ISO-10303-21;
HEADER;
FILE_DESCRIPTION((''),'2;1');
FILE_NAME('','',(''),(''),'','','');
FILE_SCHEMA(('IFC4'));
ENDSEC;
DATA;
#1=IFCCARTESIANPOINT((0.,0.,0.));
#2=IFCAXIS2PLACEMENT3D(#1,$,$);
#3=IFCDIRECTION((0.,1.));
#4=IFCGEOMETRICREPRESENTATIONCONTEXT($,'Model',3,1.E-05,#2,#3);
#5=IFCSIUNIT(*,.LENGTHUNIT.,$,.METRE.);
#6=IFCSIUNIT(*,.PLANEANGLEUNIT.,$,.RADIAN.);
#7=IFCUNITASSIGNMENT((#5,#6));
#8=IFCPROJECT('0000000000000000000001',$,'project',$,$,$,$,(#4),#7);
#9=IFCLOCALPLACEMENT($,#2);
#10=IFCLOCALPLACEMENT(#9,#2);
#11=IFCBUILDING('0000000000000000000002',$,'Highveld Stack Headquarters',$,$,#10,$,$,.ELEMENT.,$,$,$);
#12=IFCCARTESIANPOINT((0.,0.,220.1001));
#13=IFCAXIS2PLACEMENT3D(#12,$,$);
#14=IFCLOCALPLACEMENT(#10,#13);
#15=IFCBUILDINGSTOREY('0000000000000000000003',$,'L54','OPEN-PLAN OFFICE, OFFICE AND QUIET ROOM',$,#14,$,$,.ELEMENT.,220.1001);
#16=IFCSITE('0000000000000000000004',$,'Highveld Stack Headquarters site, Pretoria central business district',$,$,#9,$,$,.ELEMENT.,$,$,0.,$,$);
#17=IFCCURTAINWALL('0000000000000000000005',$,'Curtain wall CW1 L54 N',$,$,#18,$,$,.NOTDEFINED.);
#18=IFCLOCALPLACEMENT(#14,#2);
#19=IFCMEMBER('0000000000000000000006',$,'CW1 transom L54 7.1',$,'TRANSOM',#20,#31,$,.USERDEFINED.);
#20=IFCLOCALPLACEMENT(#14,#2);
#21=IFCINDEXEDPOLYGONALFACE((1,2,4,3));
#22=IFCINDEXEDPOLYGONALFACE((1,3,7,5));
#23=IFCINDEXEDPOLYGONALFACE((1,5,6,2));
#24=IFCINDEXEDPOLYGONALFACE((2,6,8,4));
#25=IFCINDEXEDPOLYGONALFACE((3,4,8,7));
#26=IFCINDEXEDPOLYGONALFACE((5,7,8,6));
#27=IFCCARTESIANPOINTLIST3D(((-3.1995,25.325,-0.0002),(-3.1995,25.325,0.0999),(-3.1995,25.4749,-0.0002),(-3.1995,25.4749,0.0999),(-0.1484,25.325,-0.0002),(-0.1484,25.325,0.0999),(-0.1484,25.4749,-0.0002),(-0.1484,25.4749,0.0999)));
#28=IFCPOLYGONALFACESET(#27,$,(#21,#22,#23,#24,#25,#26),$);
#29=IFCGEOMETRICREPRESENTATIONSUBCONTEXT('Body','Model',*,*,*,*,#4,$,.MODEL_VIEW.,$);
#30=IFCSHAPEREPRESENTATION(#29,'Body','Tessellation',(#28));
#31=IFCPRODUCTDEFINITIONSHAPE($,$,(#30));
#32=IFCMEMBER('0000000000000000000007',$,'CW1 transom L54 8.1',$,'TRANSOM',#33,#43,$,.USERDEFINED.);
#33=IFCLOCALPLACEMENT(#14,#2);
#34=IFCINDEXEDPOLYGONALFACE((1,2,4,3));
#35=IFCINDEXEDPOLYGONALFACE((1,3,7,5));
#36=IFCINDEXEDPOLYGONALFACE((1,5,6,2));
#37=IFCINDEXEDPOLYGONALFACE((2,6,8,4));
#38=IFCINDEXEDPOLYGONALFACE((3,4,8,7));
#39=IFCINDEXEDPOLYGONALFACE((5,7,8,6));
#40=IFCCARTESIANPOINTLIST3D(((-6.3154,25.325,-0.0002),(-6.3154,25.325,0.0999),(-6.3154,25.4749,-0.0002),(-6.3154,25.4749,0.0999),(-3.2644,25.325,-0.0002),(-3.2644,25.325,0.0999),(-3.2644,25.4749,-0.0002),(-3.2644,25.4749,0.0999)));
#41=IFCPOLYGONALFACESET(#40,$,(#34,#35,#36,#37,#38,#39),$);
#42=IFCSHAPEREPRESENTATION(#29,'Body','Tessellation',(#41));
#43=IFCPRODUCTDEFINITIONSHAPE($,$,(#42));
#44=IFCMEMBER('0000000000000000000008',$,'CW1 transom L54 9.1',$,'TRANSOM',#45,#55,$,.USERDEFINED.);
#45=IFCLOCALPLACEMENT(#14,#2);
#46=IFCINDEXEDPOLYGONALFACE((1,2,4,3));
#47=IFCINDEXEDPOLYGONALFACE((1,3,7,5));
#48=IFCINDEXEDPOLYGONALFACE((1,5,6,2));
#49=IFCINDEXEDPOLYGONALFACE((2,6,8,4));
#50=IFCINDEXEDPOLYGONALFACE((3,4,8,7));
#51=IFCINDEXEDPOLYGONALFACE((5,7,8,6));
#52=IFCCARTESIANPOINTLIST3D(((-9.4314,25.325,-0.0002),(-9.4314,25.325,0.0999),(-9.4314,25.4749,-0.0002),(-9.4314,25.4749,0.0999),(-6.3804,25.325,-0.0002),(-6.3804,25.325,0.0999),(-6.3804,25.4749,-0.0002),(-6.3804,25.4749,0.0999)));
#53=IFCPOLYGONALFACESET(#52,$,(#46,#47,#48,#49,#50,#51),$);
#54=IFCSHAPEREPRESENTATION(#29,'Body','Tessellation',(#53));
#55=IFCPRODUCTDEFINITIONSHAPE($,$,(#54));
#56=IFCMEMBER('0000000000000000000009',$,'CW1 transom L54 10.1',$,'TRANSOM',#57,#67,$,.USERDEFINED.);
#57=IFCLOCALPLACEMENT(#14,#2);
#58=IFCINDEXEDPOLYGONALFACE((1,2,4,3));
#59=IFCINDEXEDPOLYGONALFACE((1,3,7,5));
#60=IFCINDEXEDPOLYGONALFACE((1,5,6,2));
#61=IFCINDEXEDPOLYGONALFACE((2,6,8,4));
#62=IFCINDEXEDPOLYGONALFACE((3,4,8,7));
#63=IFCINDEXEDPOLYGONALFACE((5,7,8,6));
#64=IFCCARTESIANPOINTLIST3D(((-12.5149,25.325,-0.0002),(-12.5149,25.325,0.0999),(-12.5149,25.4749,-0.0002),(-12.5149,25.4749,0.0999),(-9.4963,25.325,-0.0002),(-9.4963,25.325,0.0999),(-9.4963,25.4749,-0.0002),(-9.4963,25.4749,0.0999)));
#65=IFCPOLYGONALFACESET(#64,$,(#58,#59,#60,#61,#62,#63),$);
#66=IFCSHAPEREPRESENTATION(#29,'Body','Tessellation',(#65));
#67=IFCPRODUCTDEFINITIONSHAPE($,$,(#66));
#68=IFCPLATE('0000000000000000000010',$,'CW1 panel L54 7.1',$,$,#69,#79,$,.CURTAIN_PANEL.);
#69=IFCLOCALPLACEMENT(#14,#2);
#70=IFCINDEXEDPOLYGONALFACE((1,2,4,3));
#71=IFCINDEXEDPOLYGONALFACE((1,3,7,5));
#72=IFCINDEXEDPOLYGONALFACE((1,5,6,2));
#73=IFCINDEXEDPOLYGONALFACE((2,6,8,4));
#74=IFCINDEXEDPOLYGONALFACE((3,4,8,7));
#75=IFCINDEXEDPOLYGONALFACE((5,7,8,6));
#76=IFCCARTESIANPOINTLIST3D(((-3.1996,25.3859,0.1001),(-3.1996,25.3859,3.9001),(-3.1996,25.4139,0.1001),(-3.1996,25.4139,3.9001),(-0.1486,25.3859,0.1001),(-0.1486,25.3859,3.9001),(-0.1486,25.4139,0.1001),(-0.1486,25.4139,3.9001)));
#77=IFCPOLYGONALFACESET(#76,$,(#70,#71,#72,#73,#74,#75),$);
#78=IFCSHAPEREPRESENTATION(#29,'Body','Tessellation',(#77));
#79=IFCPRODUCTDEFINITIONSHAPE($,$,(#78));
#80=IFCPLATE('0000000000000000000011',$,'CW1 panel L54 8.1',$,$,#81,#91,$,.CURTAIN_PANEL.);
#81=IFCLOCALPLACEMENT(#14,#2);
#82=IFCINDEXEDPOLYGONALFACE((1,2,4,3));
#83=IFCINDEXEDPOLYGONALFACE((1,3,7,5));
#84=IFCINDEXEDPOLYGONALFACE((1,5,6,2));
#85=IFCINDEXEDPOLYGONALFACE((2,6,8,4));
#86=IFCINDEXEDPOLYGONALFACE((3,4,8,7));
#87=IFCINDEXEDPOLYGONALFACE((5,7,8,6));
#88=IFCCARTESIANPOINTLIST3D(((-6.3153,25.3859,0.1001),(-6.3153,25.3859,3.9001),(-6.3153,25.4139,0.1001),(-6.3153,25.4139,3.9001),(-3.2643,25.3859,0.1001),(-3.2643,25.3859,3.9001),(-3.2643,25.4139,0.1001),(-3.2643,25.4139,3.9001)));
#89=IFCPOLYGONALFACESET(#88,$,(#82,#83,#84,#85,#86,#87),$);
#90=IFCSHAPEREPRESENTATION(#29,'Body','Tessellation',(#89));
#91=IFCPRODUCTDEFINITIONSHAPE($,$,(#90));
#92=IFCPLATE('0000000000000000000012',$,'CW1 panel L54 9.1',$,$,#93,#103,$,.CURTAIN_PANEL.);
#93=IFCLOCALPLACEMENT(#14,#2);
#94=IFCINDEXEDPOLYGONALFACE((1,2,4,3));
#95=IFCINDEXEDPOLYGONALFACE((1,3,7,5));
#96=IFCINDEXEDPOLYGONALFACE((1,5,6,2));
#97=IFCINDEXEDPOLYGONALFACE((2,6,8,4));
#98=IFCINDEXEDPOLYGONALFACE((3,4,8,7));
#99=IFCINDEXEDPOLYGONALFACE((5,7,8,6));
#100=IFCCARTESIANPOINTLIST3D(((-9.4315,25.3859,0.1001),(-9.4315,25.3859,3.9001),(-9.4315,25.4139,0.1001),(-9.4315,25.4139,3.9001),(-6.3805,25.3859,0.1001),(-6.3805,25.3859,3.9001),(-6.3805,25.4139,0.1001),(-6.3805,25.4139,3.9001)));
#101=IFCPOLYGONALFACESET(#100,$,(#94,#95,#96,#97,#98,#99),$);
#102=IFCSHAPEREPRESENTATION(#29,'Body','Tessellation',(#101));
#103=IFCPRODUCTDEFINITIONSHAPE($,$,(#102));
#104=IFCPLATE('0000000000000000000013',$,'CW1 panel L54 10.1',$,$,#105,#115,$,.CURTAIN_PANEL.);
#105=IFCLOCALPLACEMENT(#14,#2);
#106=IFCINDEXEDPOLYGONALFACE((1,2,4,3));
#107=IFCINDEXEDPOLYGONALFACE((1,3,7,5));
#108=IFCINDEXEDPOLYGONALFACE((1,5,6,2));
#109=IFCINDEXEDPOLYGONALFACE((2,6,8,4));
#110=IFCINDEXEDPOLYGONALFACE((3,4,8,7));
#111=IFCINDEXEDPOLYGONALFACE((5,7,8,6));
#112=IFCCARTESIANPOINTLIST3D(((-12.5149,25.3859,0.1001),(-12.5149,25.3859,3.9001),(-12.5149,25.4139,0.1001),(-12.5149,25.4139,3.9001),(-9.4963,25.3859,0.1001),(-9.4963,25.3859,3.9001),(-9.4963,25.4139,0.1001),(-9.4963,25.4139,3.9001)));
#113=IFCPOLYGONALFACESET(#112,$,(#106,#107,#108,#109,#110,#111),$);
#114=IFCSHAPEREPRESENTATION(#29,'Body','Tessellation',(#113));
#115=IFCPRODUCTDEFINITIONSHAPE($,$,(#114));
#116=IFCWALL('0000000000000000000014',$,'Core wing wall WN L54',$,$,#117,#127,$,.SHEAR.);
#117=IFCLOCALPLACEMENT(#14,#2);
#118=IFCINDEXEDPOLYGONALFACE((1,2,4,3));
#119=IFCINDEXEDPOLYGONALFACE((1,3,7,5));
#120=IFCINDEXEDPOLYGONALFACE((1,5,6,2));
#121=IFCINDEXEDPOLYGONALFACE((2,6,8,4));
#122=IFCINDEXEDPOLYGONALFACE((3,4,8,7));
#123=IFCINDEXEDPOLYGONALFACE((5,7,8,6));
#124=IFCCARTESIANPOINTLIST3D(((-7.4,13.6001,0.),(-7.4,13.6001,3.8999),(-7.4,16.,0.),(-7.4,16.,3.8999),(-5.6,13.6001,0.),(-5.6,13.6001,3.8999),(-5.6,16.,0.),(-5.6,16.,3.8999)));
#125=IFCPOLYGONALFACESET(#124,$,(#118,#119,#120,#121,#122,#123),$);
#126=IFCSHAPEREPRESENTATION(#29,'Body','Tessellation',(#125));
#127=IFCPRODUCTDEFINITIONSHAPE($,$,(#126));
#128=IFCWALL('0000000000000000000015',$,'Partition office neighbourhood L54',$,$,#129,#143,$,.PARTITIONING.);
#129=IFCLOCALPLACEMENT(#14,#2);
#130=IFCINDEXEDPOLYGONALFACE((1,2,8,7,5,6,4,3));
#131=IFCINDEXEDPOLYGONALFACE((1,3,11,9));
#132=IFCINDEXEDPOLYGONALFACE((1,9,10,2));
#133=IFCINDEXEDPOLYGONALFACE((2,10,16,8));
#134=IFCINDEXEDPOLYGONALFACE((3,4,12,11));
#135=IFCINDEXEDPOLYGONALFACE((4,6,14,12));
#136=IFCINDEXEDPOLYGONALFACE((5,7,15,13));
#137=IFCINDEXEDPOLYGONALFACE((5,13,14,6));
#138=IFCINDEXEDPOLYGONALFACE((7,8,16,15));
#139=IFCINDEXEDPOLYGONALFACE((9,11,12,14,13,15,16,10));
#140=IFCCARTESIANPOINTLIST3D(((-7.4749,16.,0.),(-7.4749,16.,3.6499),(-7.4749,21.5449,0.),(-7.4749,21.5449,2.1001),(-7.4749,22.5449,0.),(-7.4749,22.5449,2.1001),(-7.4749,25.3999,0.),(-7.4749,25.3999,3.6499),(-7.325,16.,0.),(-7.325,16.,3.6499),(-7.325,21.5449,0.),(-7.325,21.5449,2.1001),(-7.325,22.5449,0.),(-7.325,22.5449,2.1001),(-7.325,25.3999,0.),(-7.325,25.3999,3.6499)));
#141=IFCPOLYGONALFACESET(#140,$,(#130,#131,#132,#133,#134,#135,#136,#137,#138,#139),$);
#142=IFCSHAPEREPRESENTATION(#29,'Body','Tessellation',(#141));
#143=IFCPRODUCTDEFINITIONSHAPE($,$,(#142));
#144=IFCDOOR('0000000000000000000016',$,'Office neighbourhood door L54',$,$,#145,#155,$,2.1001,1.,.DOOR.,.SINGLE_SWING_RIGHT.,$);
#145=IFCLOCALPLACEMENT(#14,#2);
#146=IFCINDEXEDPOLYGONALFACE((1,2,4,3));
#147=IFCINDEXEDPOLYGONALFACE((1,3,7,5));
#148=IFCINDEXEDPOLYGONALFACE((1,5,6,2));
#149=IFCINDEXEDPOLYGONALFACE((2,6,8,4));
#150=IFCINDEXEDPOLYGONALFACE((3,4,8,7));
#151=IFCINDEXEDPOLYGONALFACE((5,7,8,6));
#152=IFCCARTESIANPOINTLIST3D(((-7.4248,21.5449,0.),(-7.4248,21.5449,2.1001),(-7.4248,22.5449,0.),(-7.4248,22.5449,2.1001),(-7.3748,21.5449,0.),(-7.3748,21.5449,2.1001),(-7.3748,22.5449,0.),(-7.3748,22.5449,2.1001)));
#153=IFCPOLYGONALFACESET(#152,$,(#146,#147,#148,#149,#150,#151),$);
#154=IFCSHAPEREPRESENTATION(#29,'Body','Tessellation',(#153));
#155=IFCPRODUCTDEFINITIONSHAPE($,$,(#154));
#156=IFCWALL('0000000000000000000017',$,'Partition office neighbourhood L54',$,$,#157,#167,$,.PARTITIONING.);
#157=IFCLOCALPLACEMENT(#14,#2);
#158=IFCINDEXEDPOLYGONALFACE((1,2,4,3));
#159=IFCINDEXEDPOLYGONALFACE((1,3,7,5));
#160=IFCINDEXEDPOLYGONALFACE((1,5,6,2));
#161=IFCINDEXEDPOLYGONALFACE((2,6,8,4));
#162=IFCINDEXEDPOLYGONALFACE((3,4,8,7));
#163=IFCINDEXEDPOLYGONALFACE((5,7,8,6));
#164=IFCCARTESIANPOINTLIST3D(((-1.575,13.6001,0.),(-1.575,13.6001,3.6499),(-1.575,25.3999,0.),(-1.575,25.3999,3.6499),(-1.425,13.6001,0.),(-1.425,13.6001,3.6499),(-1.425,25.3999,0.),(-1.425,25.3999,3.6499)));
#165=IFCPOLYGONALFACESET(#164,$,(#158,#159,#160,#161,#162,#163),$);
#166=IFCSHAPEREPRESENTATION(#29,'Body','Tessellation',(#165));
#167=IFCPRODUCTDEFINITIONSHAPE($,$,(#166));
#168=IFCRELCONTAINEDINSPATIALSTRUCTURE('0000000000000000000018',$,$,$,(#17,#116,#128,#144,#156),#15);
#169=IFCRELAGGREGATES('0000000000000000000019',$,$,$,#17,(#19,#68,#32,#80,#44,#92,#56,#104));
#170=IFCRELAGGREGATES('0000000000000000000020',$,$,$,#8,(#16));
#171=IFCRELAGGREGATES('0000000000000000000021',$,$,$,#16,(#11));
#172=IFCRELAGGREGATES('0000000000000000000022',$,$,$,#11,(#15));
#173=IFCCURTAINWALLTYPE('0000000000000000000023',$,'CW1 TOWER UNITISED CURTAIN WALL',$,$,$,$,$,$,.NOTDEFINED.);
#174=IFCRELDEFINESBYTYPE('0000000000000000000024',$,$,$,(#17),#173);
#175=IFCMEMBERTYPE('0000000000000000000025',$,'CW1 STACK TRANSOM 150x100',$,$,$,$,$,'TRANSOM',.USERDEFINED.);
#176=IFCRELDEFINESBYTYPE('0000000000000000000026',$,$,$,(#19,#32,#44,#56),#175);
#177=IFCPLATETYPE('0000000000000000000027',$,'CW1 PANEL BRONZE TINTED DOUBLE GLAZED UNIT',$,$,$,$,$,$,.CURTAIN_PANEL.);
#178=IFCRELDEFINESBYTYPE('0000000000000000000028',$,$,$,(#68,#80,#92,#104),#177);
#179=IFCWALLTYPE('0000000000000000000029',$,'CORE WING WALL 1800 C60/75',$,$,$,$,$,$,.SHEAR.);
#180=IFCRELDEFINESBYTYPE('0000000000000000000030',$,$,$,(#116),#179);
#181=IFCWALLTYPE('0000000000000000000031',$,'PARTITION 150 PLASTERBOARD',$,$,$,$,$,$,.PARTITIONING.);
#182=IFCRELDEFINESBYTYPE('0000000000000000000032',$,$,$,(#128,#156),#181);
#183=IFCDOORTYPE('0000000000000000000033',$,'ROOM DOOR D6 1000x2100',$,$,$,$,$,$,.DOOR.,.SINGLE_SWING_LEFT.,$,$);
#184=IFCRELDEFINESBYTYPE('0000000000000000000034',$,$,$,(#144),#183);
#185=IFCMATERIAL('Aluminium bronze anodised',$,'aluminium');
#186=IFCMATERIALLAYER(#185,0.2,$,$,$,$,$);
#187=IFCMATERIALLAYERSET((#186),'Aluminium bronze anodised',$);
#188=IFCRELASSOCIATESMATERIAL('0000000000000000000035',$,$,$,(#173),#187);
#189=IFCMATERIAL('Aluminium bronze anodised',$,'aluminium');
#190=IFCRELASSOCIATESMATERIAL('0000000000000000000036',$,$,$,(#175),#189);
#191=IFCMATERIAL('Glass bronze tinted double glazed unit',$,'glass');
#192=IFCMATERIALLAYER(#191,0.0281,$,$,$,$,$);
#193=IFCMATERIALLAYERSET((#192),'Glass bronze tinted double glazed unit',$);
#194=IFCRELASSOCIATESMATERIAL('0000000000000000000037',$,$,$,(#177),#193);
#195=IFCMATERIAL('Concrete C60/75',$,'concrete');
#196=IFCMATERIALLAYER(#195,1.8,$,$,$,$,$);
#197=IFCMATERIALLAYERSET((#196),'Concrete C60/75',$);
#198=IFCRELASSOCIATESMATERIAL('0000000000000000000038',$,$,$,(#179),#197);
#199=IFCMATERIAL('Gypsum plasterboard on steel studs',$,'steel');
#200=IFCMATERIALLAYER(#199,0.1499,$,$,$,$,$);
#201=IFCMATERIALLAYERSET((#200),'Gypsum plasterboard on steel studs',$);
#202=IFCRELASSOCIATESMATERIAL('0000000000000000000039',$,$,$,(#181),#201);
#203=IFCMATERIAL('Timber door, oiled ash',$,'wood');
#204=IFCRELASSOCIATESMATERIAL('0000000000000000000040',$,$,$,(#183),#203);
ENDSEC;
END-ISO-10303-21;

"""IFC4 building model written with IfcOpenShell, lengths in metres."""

from ifc_helpers import new_model, si_unit, direction, frame, frame_2d, origin, origin_2d, place, context, subcontext, project, spatial, rectangle, extrude, material, layer, layer_set, material_profile, profile_set, type_object, element, fill, aggregate, save


model = new_model("IFC4")

# Units and contexts
model_context = context("Model", 3, precision=1e-05, world=origin(), true_north=direction((0.0, 1.0)))
body_context = subcontext(model_context, "Body", "Model", "MODEL_VIEW")
ifc_project = project(units=[si_unit("LENGTHUNIT", "METRE"), si_unit("PLANEANGLEUNIT", "RADIAN")], contexts=[model_context])

# Site, building, storey
site_placement = place(None, origin())
site = spatial("IfcSite", under=ifc_project, at=site_placement, Name="Highveld Stack Headquarters site, Pretoria central business district", CompositionType="ELEMENT", RefElevation=0.0)
building_placement = place(site_placement, origin())
building = spatial("IfcBuilding", under=site, at=building_placement, Name="Highveld Stack Headquarters", CompositionType="ELEMENT")
storey_placement = place(building_placement, frame((0.0, 0.0, 220.1001)))
storey = spatial("IfcBuildingStorey", under=building, at=storey_placement, Name="L54", Description="OPEN-PLAN OFFICE, OFFICE AND QUIET ROOM", CompositionType="ELEMENT", Elevation=220.1001)

# Curtain wall, members, plates
ifc_material_1 = material(Name="Aluminium bronze anodised", Category="aluminium")
ifc_layer_1 = layer(ifc_material_1, 0.2)
ifc_layer_set_1 = layer_set([ifc_layer_1], Name="Aluminium bronze anodised")
curtain_wall_type = type_object("IfcCurtainWallType", Name="CW1 TOWER UNITISED CURTAIN WALL", PredefinedType="NOTDEFINED", material=ifc_layer_set_1)
curtain_wall_placement = place(storey_placement, origin())
curtain_wall = element("IfcCurtainWall", 1, at=curtain_wall_placement, inside=storey, type_object=curtain_wall_type, Name="Curtain wall CW1 L54 N", PredefinedType="NOTDEFINED")
ifc_material_2 = material(Name="Aluminium bronze anodised", Category="aluminium")
ifc_material_profile_1 = material_profile(ifc_material_2, rectangle(XDim=0.1499, YDim=0.1001, at=origin_2d()), Name="CW1 TRANSOM 150x100")
ifc_profile_set_1 = profile_set([ifc_material_profile_1], Name="Aluminium bronze anodised")
member_type_1 = type_object("IfcMemberType", Name="CW1 STACK TRANSOM 150x100", ElementType="TRANSOM", PredefinedType="USERDEFINED", material=ifc_profile_set_1)
member_1_placement = place(storey_placement, frame((-0.1484, 25.3999, 0.0498), z_axis=(-1.0, 0.0, 0.0), x_axis=(0.0, -1.0, 0.0)))
member_1 = element("IfcMember", 2, at=member_1_placement, type_object=member_type_1, Name="CW1 transom L54 7.1", ObjectType="TRANSOM", PredefinedType="USERDEFINED", context=body_context, shape_type="SweptSolid", body=[
    extrude(rectangle(XDim=0.1499, YDim=0.1001, at=origin_2d()), origin(), (0.0, 0.0, 1.0), 3.051),
])
member_2_placement = place(storey_placement, frame((-3.2644, 25.3999, 0.0498), z_axis=(-1.0, 0.0, 0.0), x_axis=(0.0, -1.0, 0.0)))
member_2 = element("IfcMember", 3, at=member_2_placement, type_object=member_type_1, Name="CW1 transom L54 8.1", ObjectType="TRANSOM", PredefinedType="USERDEFINED", context=body_context, shape_type="SweptSolid", body=[
    extrude(rectangle(XDim=0.1499, YDim=0.1001, at=origin_2d()), origin(), (0.0, 0.0, 1.0), 3.051),
])
member_3_placement = place(storey_placement, frame((-6.3804, 25.3999, 0.0498), z_axis=(-1.0, 0.0, 0.0), x_axis=(0.0, -1.0, 0.0)))
member_3 = element("IfcMember", 4, at=member_3_placement, type_object=member_type_1, Name="CW1 transom L54 9.1", ObjectType="TRANSOM", PredefinedType="USERDEFINED", context=body_context, shape_type="SweptSolid", body=[
    extrude(rectangle(XDim=0.1499, YDim=0.1001, at=origin_2d()), origin(), (0.0, 0.0, 1.0), 3.051),
])
member_4_placement = place(storey_placement, frame((-9.4963, 25.3999, 0.0498), z_axis=(-1.0, 0.0, 0.0), x_axis=(0.0, -1.0, 0.0)))
member_4 = element("IfcMember", 5, at=member_4_placement, type_object=member_type_1, Name="CW1 transom L54 10.1", ObjectType="TRANSOM", PredefinedType="USERDEFINED", context=body_context, shape_type="SweptSolid", body=[
    extrude(rectangle(XDim=0.1499, YDim=0.1001, at=origin_2d()), origin(), (0.0, 0.0, 1.0), 3.0186),
])
ifc_material_3 = material(Name="Glass bronze tinted double glazed unit", Category="glass")
ifc_layer_2 = layer(ifc_material_3, 0.0281)
ifc_layer_set_2 = layer_set([ifc_layer_2], Name="Glass bronze tinted double glazed unit")
plate_type = type_object("IfcPlateType", Name="CW1 PANEL BRONZE TINTED DOUBLE GLAZED UNIT", PredefinedType="CURTAIN_PANEL", material=ifc_layer_set_2)
plate_1_placement = place(storey_placement, frame((-1.6741, 25.3999, 0.1001), z_axis=(0.0, 0.0, 1.0), x_axis=(-1.0, 0.0, 0.0)))
plate_1 = element("IfcPlate", 6, at=plate_1_placement, type_object=plate_type, Name="CW1 panel L54 7.1", PredefinedType="CURTAIN_PANEL", context=body_context, shape_type="SweptSolid", body=[
    extrude(rectangle(XDim=3.051, YDim=0.0281, at=origin_2d()), origin(), (0.0, 0.0, 1.0), 3.8),
])
plate_2_placement = place(storey_placement, frame((-4.7898, 25.3999, 0.1001), z_axis=(0.0, 0.0, 1.0), x_axis=(-1.0, 0.0, 0.0)))
plate_2 = element("IfcPlate", 7, at=plate_2_placement, type_object=plate_type, Name="CW1 panel L54 8.1", PredefinedType="CURTAIN_PANEL", context=body_context, shape_type="SweptSolid", body=[
    extrude(rectangle(XDim=3.051, YDim=0.0281, at=origin_2d()), origin(), (0.0, 0.0, 1.0), 3.8),
])
plate_3_placement = place(storey_placement, frame((-7.906, 25.3999, 0.1001), z_axis=(0.0, 0.0, 1.0), x_axis=(-1.0, 0.0, 0.0)))
plate_3 = element("IfcPlate", 8, at=plate_3_placement, type_object=plate_type, Name="CW1 panel L54 9.1", PredefinedType="CURTAIN_PANEL", context=body_context, shape_type="SweptSolid", body=[
    extrude(rectangle(XDim=3.051, YDim=0.0281, at=origin_2d()), origin(), (0.0, 0.0, 1.0), 3.8),
])
plate_4_placement = place(storey_placement, frame((-11.0056, 25.3999, 0.1001), z_axis=(0.0, 0.0, 1.0), x_axis=(-1.0, 0.0, 0.0)))
plate_4 = element("IfcPlate", 9, at=plate_4_placement, type_object=plate_type, Name="CW1 panel L54 10.1", PredefinedType="CURTAIN_PANEL", context=body_context, shape_type="SweptSolid", body=[
    extrude(rectangle(XDim=3.0186, YDim=0.0281, at=origin_2d()), origin(), (0.0, 0.0, 1.0), 3.8),
])
aggregate(curtain_wall, [member_1, plate_1, member_2, plate_2, member_3, plate_3, member_4, plate_4])

# Wall
ifc_material_4 = material(Name="Concrete C60/75", Category="concrete")
ifc_layer_3 = layer(ifc_material_4, 1.8)
ifc_layer_set_3 = layer_set([ifc_layer_3], Name="Concrete C60/75")
wall_type_1 = type_object("IfcWallType", Name="CORE WING WALL 1800 C60/75", PredefinedType="SHEAR", material=ifc_layer_set_3)
wall_1_placement = place(storey_placement, frame((-6.5, 13.6001, 0.0), z_axis=(0.0, 0.0, 1.0), x_axis=(0.0, 1.0, 0.0)))
element("IfcWall", 10, at=wall_1_placement, inside=storey, type_object=wall_type_1, Name="Core wing wall WN L54", PredefinedType="SHEAR", context=body_context, shape_type="SweptSolid", body=[
    extrude(rectangle(XDim=2.3999, YDim=1.8, at=frame_2d((1.2, 0.0))), origin(), (0.0, 0.0, 1.0), 3.8999),
])

# Wall, opening, door
ifc_material_5 = material(Name="Gypsum plasterboard on steel studs", Category="steel")
ifc_layer_4 = layer(ifc_material_5, 0.1499)
ifc_layer_set_4 = layer_set([ifc_layer_4], Name="Gypsum plasterboard on steel studs")
wall_type_2 = type_object("IfcWallType", Name="PARTITION 150 PLASTERBOARD", PredefinedType="PARTITIONING", material=ifc_layer_set_4)
wall_2_placement = place(storey_placement, frame((-7.3999, 16.0, 0.0), z_axis=(0.0, 0.0, 1.0), x_axis=(0.0, 1.0, 0.0)))
wall_2 = element("IfcWall", 11, at=wall_2_placement, inside=storey, type_object=wall_type_2, Name="Partition office neighbourhood L54", PredefinedType="PARTITIONING", context=body_context, shape_type="SweptSolid", body=[
    extrude(rectangle(XDim=9.3999, YDim=0.1499, at=frame_2d((4.7, 0.0))), origin(), (0.0, 0.0, 1.0), 3.6499),
])
opening_placement = place(wall_2_placement, frame((5.5449, 0.0, 0.0)))
opening = element("IfcOpeningElement", 12, at=opening_placement, cuts=wall_2, PredefinedType="OPENING", context=body_context, shape_type="SweptSolid", body=[
    extrude(rectangle(XDim=1.0, YDim=2.1001, at=frame_2d((0.5, 1.05))), frame((0.0, 0.085, 0.0), z_axis=(0.0, -1.0, 0.0), x_axis=(1.0, 0.0, 0.0)), (0.0, 0.0, 1.0), 0.1699),
])
ifc_material_6 = material(Name="Timber door, oiled ash", Category="wood")
door_type = type_object("IfcDoorType", Name="ROOM DOOR D6 1000x2100", OperationType="SINGLE_SWING_LEFT", PredefinedType="DOOR", material=ifc_material_6)
door_placement = place(opening_placement, origin())
door = element("IfcDoor", 13, at=door_placement, inside=storey, type_object=door_type, Name="Office neighbourhood door L54", OperationType="SINGLE_SWING_RIGHT", OverallHeight=2.1001, OverallWidth=1.0, PredefinedType="DOOR", context=body_context, shape_type="SweptSolid", body=[
    extrude(rectangle(XDim=1.0, YDim=2.1001, at=frame_2d((0.5, 1.05))), frame((0.0, 0.0249, 0.0), z_axis=(0.0, -1.0, 0.0), x_axis=(1.0, 0.0, 0.0)), (0.0, 0.0, 1.0), 0.05),
])
fill(opening, door)

# Wall
wall_3_placement = place(storey_placement, frame((-1.5, 13.6001, 0.0), z_axis=(0.0, 0.0, 1.0), x_axis=(0.0, 1.0, 0.0)))
element("IfcWall", 14, at=wall_3_placement, inside=storey, type_object=wall_type_2, Name="Partition office neighbourhood L54", PredefinedType="PARTITIONING", context=body_context, shape_type="SweptSolid", body=[
    extrude(rectangle(XDim=11.7998, YDim=0.1499, at=frame_2d((5.8999, 0.0))), origin(), (0.0, 0.0, 1.0), 3.6499),
])

save(model, "model.ifc")
